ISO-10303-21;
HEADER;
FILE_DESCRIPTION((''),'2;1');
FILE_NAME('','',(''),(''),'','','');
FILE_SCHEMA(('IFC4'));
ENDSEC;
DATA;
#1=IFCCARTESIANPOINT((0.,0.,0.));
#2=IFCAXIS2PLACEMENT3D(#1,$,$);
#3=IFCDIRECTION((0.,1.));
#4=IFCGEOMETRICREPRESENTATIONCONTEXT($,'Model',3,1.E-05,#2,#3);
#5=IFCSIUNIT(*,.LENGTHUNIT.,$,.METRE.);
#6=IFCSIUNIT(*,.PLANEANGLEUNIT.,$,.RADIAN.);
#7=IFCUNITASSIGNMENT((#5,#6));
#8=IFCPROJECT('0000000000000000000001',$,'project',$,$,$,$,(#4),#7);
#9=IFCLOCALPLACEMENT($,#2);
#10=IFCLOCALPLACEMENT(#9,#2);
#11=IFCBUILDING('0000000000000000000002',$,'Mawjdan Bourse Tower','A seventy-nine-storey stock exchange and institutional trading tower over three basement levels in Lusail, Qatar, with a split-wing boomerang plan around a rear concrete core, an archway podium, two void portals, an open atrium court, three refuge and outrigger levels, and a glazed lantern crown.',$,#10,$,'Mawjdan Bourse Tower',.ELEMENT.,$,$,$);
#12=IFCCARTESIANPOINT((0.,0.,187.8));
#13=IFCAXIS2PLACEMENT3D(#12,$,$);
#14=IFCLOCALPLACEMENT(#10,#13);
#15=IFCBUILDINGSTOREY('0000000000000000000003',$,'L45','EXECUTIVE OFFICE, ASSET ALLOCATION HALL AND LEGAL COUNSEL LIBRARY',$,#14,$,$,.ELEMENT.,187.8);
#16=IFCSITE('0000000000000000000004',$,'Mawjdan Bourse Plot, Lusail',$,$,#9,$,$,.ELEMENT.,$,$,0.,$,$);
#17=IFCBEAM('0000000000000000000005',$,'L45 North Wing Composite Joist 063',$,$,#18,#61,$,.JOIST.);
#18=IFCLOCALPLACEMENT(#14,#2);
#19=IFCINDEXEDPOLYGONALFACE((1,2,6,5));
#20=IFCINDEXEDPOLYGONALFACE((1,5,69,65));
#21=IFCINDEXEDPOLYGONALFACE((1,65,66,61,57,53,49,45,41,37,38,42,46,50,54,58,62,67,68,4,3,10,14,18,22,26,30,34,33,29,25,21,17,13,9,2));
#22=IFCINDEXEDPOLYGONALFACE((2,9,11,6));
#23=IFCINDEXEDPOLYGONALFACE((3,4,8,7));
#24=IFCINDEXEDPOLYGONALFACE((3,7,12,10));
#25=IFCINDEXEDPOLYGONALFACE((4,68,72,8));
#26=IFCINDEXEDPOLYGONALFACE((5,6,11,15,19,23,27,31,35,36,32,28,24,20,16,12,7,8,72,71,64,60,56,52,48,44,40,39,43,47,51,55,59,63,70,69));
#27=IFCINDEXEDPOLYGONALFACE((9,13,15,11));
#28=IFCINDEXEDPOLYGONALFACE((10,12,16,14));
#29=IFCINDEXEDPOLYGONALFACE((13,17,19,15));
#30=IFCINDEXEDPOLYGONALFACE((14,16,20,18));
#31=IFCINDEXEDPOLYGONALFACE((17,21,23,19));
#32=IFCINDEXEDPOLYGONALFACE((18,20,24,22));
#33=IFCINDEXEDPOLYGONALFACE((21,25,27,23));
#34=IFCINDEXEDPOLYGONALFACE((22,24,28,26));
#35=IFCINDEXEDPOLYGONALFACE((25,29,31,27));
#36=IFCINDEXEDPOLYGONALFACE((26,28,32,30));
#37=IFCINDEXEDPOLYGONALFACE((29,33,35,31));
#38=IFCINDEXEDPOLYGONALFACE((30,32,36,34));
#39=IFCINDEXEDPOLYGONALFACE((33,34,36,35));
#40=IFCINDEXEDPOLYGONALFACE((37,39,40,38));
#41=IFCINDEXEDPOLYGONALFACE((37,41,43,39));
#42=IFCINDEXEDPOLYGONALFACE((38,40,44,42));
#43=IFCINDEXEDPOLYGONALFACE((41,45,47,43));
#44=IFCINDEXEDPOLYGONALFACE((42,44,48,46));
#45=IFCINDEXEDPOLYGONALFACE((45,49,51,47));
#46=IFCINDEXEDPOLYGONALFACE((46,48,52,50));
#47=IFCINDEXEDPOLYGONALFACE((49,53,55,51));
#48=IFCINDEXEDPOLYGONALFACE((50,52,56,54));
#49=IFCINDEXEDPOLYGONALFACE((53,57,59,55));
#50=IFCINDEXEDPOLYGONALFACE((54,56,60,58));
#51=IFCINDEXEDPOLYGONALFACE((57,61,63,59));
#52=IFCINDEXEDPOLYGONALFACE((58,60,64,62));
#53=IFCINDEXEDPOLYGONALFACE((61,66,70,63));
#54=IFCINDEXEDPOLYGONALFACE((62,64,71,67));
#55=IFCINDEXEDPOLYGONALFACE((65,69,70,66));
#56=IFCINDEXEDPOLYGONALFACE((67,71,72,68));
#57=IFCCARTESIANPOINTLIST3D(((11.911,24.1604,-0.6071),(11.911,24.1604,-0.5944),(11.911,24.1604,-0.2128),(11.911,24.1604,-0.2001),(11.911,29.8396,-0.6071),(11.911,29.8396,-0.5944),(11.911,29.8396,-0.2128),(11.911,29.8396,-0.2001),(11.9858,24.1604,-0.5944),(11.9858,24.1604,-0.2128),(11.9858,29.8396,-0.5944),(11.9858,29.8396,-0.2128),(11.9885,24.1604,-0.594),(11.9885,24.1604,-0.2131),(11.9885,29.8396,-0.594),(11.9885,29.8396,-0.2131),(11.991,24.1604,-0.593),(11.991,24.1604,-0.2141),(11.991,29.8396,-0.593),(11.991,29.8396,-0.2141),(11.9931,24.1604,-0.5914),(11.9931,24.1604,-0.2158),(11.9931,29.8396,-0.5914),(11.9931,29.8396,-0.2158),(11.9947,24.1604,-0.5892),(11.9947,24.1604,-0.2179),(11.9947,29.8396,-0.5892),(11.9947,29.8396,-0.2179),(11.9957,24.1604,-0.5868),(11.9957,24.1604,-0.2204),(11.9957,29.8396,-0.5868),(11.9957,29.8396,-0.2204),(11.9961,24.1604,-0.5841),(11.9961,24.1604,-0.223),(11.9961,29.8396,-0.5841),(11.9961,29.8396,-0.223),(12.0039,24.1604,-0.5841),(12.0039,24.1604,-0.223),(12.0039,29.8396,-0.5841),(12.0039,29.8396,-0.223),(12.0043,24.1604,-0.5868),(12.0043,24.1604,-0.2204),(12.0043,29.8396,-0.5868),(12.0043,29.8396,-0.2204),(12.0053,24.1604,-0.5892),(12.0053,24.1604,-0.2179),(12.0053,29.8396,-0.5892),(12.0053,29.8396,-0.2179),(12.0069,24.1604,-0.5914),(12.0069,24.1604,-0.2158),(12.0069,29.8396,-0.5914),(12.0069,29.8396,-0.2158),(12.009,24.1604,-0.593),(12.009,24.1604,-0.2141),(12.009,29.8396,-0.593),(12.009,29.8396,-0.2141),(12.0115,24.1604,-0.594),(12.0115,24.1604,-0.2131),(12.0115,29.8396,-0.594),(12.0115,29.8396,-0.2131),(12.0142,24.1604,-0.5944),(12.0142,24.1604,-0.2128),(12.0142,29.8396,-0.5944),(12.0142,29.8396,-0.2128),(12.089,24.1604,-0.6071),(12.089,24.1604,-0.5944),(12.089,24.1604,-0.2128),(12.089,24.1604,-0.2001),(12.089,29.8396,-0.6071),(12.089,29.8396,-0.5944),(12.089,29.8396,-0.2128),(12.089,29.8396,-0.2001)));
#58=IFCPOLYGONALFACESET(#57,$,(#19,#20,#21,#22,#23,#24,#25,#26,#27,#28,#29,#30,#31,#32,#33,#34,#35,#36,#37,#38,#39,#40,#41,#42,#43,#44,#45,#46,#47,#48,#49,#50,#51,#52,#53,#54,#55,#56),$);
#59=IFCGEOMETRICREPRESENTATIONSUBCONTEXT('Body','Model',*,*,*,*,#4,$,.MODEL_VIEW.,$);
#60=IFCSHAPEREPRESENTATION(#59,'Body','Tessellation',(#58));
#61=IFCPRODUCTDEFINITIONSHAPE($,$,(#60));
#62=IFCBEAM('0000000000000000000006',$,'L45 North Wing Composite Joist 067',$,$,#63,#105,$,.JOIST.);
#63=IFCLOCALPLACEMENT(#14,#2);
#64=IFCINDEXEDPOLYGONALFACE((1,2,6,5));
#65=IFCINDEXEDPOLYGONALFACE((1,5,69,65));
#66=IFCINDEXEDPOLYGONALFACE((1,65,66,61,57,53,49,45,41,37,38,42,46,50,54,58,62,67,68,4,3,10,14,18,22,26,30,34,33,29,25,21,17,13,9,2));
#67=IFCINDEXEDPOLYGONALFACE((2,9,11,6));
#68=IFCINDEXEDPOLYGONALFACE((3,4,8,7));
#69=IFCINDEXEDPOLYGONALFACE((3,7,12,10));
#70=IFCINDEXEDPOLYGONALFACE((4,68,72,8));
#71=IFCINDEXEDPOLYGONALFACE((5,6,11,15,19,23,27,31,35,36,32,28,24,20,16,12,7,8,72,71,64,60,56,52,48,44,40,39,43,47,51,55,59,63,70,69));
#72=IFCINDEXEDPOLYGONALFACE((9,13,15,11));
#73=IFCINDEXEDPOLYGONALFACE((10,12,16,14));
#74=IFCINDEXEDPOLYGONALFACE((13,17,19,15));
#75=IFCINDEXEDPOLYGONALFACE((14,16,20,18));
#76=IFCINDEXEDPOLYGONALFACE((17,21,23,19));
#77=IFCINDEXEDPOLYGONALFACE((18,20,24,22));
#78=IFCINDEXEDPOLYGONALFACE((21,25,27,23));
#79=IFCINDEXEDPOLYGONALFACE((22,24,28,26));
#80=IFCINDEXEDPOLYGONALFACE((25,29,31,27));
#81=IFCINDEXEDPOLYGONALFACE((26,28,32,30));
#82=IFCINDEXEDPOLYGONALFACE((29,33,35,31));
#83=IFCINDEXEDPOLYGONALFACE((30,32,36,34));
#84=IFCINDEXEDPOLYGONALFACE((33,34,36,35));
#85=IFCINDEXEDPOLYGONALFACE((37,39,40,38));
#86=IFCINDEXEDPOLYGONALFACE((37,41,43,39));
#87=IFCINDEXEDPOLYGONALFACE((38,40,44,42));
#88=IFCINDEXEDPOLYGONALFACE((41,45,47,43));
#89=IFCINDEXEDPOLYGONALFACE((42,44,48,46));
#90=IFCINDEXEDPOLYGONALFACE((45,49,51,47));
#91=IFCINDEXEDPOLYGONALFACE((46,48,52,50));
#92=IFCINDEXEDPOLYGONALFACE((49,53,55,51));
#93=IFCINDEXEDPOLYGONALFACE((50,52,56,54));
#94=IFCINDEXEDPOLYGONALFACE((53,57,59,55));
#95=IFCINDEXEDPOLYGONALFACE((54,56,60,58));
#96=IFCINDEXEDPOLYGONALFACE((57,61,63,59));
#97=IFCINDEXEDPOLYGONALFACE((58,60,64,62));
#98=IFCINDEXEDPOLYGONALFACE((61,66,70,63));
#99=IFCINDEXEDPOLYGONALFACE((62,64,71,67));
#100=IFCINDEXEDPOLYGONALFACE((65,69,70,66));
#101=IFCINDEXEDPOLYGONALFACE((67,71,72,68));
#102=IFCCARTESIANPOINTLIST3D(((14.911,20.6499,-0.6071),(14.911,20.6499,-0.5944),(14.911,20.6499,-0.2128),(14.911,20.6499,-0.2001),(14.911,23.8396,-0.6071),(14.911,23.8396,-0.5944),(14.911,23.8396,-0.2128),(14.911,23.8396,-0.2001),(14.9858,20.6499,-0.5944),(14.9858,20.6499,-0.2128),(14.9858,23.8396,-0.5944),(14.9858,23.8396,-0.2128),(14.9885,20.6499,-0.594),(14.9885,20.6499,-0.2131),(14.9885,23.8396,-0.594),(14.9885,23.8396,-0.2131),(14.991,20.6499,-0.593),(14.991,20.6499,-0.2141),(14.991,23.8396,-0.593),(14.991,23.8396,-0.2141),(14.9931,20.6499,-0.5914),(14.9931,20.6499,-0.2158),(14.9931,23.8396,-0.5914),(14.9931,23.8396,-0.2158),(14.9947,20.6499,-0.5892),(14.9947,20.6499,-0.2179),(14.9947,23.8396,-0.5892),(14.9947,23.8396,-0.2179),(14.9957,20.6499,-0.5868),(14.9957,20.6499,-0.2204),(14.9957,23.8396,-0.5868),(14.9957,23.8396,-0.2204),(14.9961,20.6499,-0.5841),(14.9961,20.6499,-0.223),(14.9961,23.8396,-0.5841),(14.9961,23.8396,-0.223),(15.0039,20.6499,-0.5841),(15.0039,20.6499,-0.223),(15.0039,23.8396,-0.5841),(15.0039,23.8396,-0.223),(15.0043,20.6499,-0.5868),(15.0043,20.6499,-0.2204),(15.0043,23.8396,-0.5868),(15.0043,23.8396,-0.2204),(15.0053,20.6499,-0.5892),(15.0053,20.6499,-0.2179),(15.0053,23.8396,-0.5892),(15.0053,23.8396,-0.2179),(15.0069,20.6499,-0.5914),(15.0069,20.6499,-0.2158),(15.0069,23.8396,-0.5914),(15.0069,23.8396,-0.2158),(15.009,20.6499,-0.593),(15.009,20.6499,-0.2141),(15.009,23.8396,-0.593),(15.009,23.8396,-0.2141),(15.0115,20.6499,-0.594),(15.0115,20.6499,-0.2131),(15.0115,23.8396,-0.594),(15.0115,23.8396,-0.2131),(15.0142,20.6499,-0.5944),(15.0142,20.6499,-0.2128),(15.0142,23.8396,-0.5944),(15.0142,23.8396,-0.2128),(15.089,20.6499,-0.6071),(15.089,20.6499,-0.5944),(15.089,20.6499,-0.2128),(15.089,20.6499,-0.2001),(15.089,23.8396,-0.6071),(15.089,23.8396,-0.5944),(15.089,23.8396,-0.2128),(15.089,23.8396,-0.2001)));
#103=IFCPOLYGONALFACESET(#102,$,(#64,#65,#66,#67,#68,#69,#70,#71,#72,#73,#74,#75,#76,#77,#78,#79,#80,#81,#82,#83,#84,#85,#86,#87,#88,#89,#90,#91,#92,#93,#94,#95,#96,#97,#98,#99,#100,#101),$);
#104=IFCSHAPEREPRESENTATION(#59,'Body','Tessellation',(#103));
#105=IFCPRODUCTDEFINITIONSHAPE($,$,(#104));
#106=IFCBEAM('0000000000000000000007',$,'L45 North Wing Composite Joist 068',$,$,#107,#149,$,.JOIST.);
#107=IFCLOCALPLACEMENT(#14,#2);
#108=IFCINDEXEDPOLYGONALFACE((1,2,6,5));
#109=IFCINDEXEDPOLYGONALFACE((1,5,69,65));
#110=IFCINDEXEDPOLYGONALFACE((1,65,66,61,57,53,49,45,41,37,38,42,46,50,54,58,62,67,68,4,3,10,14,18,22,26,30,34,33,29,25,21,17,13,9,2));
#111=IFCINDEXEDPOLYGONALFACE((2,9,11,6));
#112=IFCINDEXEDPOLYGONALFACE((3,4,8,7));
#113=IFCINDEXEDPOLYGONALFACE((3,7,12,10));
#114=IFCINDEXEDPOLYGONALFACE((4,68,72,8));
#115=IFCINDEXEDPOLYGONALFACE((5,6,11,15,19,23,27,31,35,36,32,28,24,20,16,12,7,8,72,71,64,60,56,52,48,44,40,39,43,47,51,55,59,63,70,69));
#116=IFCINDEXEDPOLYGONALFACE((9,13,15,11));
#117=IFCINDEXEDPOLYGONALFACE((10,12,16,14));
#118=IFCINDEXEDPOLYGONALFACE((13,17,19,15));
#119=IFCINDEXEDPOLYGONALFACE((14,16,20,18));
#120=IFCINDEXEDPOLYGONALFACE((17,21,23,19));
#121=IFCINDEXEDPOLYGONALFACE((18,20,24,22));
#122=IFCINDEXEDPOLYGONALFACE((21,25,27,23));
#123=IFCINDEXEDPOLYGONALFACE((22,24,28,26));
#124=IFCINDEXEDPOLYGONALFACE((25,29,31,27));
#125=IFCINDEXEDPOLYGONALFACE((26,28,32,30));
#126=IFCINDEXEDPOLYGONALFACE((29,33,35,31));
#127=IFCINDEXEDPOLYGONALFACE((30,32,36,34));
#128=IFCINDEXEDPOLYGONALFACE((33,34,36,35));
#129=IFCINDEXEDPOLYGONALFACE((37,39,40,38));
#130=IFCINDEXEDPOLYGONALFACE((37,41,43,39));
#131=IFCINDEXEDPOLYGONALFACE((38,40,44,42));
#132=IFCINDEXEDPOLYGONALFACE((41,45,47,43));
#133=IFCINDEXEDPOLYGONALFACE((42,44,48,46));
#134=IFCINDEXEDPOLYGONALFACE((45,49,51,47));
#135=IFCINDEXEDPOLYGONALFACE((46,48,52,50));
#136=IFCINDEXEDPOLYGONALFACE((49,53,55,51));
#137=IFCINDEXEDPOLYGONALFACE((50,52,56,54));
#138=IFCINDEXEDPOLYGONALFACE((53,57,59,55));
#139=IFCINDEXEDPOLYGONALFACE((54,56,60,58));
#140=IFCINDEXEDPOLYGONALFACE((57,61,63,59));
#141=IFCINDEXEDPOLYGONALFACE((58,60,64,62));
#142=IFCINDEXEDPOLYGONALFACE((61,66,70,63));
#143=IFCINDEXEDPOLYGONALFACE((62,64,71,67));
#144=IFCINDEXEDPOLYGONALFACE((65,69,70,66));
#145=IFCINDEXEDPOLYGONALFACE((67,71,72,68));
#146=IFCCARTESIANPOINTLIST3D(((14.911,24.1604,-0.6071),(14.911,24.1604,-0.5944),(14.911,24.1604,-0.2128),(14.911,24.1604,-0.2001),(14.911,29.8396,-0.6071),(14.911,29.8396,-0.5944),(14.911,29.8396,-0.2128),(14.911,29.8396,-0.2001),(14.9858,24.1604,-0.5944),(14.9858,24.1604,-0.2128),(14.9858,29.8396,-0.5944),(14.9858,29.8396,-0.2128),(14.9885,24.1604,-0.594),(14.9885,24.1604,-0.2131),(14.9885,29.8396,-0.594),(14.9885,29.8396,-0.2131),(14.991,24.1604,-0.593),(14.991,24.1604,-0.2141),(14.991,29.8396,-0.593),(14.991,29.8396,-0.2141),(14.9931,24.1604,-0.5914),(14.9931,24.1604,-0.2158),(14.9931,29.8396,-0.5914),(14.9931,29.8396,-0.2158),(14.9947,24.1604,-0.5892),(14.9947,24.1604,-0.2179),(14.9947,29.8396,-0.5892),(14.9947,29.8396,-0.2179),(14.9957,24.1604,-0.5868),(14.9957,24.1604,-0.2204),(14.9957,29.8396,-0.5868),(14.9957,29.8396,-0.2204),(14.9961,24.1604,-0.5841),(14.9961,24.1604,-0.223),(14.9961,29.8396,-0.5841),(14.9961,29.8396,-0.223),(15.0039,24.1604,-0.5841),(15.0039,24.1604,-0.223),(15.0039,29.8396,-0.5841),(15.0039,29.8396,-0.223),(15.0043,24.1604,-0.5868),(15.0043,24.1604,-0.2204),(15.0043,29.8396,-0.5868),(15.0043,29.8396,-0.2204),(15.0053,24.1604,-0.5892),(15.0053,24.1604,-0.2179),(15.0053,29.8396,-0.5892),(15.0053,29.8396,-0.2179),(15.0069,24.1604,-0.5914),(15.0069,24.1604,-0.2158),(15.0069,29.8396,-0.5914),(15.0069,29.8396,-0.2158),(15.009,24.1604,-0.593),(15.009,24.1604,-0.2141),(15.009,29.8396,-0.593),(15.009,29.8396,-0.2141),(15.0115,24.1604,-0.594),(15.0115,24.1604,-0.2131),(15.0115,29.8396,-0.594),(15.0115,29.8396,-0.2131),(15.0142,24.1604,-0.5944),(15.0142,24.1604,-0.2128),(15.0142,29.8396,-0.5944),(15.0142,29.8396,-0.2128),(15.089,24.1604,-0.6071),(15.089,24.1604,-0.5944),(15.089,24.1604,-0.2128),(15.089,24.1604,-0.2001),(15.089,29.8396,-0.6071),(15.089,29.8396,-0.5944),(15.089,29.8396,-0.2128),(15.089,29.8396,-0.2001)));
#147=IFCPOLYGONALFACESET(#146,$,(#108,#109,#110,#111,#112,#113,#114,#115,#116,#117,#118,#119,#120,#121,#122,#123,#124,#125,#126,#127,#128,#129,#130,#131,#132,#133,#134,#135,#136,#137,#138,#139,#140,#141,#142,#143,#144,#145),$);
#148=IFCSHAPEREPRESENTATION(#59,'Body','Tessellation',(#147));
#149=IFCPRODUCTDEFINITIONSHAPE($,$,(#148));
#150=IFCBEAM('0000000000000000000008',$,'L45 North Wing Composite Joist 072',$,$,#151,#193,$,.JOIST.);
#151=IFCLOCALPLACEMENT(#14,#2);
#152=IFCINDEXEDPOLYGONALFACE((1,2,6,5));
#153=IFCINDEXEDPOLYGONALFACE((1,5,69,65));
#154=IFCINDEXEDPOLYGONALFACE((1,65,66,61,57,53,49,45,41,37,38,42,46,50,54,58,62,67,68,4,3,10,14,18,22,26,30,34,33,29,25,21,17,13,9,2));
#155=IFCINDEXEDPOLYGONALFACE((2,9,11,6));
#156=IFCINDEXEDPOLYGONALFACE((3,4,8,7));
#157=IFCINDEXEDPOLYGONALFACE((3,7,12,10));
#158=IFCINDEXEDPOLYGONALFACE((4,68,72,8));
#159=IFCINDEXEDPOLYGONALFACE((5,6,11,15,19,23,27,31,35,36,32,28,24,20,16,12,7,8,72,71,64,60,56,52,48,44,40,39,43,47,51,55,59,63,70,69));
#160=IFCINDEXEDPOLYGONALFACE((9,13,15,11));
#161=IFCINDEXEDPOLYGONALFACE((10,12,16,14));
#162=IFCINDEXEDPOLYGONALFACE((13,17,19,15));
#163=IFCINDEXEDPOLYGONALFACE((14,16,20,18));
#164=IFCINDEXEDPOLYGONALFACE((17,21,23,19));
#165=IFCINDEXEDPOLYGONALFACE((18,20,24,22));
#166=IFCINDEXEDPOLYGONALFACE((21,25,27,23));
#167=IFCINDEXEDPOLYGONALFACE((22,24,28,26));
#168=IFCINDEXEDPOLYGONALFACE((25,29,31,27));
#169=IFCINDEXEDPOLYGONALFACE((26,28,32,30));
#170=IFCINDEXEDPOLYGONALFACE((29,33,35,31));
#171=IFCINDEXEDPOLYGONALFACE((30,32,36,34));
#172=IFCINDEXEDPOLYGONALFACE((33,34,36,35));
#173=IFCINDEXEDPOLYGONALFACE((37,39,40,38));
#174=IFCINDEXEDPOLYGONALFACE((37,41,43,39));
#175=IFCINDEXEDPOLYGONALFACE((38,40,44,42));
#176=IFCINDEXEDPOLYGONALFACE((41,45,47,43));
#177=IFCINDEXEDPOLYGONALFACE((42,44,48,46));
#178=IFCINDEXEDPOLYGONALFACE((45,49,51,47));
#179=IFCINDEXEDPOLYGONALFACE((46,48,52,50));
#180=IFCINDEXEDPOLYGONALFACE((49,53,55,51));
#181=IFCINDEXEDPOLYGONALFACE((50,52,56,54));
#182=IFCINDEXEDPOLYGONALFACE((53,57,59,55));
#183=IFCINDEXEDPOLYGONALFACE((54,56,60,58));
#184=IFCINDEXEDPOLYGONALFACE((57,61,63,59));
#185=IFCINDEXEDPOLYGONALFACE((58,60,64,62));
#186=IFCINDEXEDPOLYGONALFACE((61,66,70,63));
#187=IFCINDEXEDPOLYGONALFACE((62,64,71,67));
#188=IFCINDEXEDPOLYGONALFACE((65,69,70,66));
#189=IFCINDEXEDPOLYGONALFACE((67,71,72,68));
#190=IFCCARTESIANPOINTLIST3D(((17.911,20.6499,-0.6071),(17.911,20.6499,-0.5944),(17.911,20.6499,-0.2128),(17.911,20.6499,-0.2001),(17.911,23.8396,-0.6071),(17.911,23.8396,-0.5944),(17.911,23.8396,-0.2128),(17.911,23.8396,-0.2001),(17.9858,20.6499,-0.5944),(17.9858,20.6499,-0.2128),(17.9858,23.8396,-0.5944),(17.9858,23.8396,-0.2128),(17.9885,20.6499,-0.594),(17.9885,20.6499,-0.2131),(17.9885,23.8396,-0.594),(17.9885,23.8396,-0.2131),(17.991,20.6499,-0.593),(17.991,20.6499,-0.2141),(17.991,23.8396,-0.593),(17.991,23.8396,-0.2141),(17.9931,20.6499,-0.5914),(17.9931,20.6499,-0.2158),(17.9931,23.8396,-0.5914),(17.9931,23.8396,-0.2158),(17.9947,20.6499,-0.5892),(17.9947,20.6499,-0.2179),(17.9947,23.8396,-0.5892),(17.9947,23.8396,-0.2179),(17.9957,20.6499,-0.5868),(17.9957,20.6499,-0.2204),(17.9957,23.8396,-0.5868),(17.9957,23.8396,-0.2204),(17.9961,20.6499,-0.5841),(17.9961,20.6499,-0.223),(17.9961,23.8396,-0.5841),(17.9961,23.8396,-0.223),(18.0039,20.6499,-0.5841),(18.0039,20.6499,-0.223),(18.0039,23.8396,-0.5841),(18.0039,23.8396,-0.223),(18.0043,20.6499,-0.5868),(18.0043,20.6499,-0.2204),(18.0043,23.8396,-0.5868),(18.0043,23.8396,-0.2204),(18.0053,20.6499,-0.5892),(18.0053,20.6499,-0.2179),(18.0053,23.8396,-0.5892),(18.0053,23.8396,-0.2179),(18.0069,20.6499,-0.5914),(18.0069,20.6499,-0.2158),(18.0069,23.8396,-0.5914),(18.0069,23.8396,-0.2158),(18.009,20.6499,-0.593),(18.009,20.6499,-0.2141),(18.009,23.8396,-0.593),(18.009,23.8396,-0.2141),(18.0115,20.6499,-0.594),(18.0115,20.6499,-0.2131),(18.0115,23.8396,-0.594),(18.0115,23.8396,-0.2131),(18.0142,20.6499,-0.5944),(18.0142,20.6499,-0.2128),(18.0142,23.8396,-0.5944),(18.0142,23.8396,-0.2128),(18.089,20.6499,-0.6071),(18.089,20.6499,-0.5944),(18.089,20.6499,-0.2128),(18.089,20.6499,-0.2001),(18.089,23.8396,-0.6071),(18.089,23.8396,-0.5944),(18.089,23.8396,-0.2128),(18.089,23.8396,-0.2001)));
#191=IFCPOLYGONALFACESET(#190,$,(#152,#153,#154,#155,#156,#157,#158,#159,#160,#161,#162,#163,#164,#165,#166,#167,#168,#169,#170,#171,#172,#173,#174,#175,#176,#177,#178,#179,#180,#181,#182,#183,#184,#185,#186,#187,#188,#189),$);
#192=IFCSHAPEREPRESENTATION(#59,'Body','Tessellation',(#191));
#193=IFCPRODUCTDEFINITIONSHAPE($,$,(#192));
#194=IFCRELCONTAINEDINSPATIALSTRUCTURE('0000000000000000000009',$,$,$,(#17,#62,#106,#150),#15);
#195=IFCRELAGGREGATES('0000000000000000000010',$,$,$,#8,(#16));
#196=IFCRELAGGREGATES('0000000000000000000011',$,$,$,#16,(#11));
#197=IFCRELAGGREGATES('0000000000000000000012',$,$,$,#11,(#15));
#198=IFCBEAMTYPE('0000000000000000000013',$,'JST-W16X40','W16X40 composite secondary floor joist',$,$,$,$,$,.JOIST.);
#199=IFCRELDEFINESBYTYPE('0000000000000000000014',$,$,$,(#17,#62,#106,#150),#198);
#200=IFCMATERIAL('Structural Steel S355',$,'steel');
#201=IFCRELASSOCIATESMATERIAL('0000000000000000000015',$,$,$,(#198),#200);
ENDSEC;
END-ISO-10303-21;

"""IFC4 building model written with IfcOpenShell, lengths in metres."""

from ifc_helpers import new_model, si_unit, direction, frame, origin, origin_2d, place, context, subcontext, project, spatial, i_section, extrude, material, material_profile, profile_set, type_object, element, save


model = new_model("IFC4")

# Units and contexts
model_context = context("Model", 3, precision=1e-05, world=origin(), true_north=direction((0.0, 1.0)))
body_context = subcontext(model_context, "Body", "Model", "MODEL_VIEW")
ifc_project = project(units=[si_unit("LENGTHUNIT", "METRE"), si_unit("PLANEANGLEUNIT", "RADIAN")], contexts=[model_context])

# Site, building, storey
site_placement = place(None, origin())
site = spatial("IfcSite", under=ifc_project, at=site_placement, Name="Mawjdan Bourse Plot, Lusail", CompositionType="ELEMENT", RefElevation=0.0)
building_placement = place(site_placement, origin())
building = spatial("IfcBuilding", under=site, at=building_placement, Name="Mawjdan Bourse Tower", Description="A seventy-nine-storey stock exchange and institutional trading tower over three basement levels in Lusail, Qatar, with a split-wing boomerang plan around a rear concrete core, an archway podium, two void portals, an open atrium court, three refuge and outrigger levels, and a glazed lantern crown.", LongName="Mawjdan Bourse Tower", CompositionType="ELEMENT")
storey_placement = place(building_placement, frame((0.0, 0.0, 187.8)))
storey = spatial("IfcBuildingStorey", under=building, at=storey_placement, Name="L45", Description="EXECUTIVE OFFICE, ASSET ALLOCATION HALL AND LEGAL COUNSEL LIBRARY", CompositionType="ELEMENT", Elevation=187.8)

# Beams
ifc_material_1 = material(Name="Structural Steel S355", Category="steel")
ifc_material_profile_1 = material_profile(ifc_material_1, i_section(OverallWidth=0.178, OverallDepth=0.407, WebThickness=0.0078, FlangeThickness=0.0127, FilletRadius=0.0103, at=origin_2d()), Name="W16X40")
ifc_profile_set_1 = profile_set([ifc_material_profile_1], Name="Structural Steel S355")
beam_type_1 = type_object("IfcBeamType", Name="JST-W16X40", Description="W16X40 composite secondary floor joist", PredefinedType="JOIST", material=ifc_profile_set_1)
beam_1_placement = place(storey_placement, frame((12.0, 24.1604, -0.4036), z_axis=(0.0, 1.0, 0.0), x_axis=(-1.0, 0.0, 0.0)))
element("IfcBeam", 1, at=beam_1_placement, inside=storey, type_object=beam_type_1, Name="L45 North Wing Composite Joist 063", PredefinedType="JOIST", context=body_context, shape_type="SweptSolid", body=[
    extrude(i_section(OverallWidth=0.178, OverallDepth=0.407, WebThickness=0.0078, FlangeThickness=0.0127, FilletRadius=0.0103, at=origin_2d()), origin(), (0.0, 0.0, 1.0), 5.6792),
])
beam_2_placement = place(storey_placement, frame((15.0, 20.6499, -0.4036), z_axis=(0.0, 1.0, 0.0), x_axis=(-1.0, 0.0, 0.0)))
element("IfcBeam", 2, at=beam_2_placement, inside=storey, type_object=beam_type_1, Name="L45 North Wing Composite Joist 067", PredefinedType="JOIST", context=body_context, shape_type="SweptSolid", body=[
    extrude(i_section(OverallWidth=0.178, OverallDepth=0.407, WebThickness=0.0078, FlangeThickness=0.0127, FilletRadius=0.0103, at=origin_2d()), origin(), (0.0, 0.0, 1.0), 3.1897),
])
beam_3_placement = place(storey_placement, frame((15.0, 24.1604, -0.4036), z_axis=(0.0, 1.0, 0.0), x_axis=(-1.0, 0.0, 0.0)))
element("IfcBeam", 3, at=beam_3_placement, inside=storey, type_object=beam_type_1, Name="L45 North Wing Composite Joist 068", PredefinedType="JOIST", context=body_context, shape_type="SweptSolid", body=[
    extrude(i_section(OverallWidth=0.178, OverallDepth=0.407, WebThickness=0.0078, FlangeThickness=0.0127, FilletRadius=0.0103, at=origin_2d()), origin(), (0.0, 0.0, 1.0), 5.6792),
])
beam_4_placement = place(storey_placement, frame((18.0, 20.6499, -0.4036), z_axis=(0.0, 1.0, 0.0), x_axis=(-1.0, 0.0, 0.0)))
element("IfcBeam", 4, at=beam_4_placement, inside=storey, type_object=beam_type_1, Name="L45 North Wing Composite Joist 072", PredefinedType="JOIST", context=body_context, shape_type="SweptSolid", body=[
    extrude(i_section(OverallWidth=0.178, OverallDepth=0.407, WebThickness=0.0078, FlangeThickness=0.0127, FilletRadius=0.0103, at=origin_2d()), origin(), (0.0, 0.0, 1.0), 3.1897),
])

save(model, "model.ifc")
